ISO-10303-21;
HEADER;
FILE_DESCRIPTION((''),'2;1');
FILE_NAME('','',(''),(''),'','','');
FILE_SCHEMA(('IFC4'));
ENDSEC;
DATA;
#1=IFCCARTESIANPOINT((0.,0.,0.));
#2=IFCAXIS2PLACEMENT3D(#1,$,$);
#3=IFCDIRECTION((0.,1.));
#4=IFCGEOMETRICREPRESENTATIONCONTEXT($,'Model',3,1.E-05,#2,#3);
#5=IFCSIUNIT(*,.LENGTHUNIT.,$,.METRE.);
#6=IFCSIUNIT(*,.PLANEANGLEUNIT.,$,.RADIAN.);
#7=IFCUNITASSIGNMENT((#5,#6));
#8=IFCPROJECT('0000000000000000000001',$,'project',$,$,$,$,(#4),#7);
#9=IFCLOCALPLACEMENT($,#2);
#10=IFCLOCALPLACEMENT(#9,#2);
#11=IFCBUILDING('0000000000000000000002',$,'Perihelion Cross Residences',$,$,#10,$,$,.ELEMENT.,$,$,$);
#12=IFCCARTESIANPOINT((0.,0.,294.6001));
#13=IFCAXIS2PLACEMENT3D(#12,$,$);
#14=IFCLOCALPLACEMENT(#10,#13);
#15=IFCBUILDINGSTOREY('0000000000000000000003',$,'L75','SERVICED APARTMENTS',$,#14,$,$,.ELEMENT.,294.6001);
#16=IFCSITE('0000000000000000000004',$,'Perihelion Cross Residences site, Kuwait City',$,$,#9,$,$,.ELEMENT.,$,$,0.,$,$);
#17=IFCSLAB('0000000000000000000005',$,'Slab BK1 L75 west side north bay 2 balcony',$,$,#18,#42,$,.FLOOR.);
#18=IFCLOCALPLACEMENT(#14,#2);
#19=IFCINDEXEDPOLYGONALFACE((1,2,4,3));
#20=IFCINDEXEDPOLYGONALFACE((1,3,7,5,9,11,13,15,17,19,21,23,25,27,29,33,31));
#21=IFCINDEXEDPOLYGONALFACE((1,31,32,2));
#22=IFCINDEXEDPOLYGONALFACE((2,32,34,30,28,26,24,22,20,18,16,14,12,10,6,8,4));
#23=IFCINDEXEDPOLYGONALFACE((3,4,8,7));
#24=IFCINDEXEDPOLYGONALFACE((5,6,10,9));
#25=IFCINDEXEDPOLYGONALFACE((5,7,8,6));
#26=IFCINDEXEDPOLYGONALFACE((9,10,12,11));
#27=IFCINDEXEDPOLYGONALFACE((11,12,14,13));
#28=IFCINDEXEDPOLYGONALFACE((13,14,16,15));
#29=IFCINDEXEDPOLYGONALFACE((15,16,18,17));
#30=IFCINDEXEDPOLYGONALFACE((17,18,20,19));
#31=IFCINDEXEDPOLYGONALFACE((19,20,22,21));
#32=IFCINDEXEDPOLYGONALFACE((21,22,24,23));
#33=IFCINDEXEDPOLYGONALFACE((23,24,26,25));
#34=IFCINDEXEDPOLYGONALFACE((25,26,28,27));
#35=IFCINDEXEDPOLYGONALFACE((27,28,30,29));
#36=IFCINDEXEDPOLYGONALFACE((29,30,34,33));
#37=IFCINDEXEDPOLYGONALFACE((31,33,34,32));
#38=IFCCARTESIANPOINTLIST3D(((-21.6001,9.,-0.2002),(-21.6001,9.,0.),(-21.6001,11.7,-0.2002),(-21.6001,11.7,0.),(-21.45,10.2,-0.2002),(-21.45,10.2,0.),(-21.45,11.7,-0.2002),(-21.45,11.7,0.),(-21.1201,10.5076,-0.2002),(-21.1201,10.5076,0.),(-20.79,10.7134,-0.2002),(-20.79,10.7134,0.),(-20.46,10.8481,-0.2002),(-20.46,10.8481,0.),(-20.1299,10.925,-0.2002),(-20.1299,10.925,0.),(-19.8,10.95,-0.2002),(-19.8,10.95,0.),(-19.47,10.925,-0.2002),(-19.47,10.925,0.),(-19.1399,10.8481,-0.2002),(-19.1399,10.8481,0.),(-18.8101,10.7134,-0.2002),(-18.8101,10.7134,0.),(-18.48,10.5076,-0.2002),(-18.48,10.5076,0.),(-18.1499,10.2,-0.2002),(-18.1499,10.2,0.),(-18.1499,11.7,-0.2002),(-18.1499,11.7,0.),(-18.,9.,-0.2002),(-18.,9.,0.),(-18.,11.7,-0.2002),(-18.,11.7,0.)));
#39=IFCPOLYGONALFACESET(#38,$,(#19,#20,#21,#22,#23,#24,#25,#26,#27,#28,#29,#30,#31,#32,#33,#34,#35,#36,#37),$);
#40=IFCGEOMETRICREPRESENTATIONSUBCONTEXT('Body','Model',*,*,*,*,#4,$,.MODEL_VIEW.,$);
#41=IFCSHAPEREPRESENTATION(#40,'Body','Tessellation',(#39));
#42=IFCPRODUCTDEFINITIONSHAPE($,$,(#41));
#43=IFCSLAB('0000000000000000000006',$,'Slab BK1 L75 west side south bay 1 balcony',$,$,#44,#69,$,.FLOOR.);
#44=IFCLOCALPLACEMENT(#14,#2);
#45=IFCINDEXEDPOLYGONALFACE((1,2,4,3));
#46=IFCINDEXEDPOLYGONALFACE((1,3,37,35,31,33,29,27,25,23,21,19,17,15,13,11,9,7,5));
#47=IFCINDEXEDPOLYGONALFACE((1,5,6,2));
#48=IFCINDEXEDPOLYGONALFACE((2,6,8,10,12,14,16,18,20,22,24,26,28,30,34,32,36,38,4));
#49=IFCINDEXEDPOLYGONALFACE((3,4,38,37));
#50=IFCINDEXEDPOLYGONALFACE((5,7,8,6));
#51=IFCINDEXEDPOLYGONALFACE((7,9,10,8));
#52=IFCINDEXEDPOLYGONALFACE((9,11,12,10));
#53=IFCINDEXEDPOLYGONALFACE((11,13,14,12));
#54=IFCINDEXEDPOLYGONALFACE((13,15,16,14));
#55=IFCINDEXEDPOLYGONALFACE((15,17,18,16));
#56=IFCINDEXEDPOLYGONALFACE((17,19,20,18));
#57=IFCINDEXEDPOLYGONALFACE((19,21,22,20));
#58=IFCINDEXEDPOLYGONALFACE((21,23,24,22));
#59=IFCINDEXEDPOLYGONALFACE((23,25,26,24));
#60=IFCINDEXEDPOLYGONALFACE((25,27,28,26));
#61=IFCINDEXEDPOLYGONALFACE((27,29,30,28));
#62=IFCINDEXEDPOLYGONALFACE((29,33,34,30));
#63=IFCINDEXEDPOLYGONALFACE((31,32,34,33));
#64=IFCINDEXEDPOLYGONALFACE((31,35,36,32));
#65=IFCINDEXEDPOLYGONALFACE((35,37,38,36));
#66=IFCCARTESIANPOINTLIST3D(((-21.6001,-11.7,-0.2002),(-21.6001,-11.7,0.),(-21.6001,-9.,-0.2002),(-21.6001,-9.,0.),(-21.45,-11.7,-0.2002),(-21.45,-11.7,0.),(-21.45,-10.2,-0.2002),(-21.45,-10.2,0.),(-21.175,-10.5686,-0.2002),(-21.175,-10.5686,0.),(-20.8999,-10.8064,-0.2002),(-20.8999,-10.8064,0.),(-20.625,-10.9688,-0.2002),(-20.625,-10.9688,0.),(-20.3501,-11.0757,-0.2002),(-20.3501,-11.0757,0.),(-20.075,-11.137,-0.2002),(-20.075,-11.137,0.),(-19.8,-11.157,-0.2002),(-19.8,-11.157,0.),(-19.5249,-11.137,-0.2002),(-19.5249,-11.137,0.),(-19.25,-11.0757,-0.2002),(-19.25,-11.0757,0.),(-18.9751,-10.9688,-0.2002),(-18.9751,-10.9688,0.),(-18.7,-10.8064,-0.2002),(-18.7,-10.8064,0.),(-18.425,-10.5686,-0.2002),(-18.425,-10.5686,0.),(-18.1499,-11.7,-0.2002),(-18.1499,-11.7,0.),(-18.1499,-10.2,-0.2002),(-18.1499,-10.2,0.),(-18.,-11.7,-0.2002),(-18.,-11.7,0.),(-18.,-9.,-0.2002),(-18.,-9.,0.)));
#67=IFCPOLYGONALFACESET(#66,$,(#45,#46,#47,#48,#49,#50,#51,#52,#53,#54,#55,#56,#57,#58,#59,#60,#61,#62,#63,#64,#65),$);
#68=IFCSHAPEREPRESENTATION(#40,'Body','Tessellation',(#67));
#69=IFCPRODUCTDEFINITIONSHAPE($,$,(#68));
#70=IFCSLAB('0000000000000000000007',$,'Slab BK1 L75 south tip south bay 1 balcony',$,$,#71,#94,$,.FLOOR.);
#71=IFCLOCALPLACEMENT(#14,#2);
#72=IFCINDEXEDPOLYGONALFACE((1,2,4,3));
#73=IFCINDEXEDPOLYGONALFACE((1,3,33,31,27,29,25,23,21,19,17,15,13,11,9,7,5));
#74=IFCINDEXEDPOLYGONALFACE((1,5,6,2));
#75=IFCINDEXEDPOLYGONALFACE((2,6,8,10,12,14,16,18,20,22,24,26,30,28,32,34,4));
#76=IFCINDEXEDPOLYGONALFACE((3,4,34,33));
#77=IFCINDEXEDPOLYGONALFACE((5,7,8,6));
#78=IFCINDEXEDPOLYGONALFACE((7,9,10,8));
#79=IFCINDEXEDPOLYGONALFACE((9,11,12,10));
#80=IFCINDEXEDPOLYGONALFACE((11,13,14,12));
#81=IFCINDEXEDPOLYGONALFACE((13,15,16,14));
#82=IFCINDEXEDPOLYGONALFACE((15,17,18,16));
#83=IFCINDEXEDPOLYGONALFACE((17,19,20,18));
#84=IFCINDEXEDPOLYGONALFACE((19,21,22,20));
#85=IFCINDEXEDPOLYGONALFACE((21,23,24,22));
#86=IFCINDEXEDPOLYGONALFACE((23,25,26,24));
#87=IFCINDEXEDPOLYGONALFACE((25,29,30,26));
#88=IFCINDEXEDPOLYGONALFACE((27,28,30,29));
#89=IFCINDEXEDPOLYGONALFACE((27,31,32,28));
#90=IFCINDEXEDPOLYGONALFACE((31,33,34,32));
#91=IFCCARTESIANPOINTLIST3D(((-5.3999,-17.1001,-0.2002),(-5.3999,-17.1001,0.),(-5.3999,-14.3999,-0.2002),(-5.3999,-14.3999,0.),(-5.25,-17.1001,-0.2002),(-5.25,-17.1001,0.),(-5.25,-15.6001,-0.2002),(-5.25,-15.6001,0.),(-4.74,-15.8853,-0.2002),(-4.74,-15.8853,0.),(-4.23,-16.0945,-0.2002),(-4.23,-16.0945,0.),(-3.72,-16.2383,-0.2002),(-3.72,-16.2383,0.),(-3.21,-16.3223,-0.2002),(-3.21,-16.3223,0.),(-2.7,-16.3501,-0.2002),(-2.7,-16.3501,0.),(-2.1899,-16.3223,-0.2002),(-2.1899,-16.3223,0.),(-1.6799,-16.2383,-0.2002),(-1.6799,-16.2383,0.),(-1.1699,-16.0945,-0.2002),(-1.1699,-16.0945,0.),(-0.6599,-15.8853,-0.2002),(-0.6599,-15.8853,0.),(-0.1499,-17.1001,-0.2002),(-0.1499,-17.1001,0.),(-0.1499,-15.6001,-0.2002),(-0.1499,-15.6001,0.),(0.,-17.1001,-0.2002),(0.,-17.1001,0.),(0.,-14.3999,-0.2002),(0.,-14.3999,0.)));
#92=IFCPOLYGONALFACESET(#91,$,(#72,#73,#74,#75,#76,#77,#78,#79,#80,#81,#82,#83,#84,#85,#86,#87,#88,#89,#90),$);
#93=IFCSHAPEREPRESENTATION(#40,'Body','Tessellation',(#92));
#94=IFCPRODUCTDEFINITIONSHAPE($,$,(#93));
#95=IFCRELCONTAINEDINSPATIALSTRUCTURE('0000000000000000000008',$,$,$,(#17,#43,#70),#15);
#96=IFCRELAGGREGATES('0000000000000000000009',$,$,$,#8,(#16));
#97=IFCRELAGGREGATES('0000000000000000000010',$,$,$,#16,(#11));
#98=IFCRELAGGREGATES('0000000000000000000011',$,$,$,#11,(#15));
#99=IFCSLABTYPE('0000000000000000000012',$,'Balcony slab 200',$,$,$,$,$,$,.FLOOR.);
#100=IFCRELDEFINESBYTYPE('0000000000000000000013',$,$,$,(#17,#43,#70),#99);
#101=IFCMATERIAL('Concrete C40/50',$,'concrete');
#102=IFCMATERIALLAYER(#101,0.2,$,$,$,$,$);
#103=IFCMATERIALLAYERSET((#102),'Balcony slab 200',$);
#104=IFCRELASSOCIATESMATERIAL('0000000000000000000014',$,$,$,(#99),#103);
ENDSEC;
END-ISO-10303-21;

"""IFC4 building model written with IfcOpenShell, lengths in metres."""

from ifc_helpers import new_model, si_unit, direction, frame, origin, place, context, subcontext, project, spatial, polyline, outline, extrude, material, layer, layer_set, type_object, element, save


model = new_model("IFC4")

# Units and contexts
model_context = context("Model", 3, precision=1e-05, world=origin(), true_north=direction((0.0, 1.0)))
body_context = subcontext(model_context, "Body", "Model", "MODEL_VIEW")
ifc_project = project(units=[si_unit("LENGTHUNIT", "METRE"), si_unit("PLANEANGLEUNIT", "RADIAN")], contexts=[model_context])

# Site, building, storey
site_placement = place(None, origin())
site = spatial("IfcSite", under=ifc_project, at=site_placement, Name="Perihelion Cross Residences site, Kuwait City", CompositionType="ELEMENT", RefElevation=0.0)
building_placement = place(site_placement, origin())
building = spatial("IfcBuilding", under=site, at=building_placement, Name="Perihelion Cross Residences", CompositionType="ELEMENT")
storey_placement = place(building_placement, frame((0.0, 0.0, 294.6001)))
storey = spatial("IfcBuildingStorey", under=building, at=storey_placement, Name="L75", Description="SERVICED APARTMENTS", CompositionType="ELEMENT", Elevation=294.6001)

# Slabs
ifc_material_1 = material(Name="Concrete C40/50", Category="concrete")
ifc_layer_1 = layer(ifc_material_1, 0.2)
ifc_layer_set_1 = layer_set([ifc_layer_1], Name="Balcony slab 200")
slab_type_1 = type_object("IfcSlabType", Name="Balcony slab 200", PredefinedType="FLOOR", material=ifc_layer_set_1)
slab_1_placement = place(storey_placement, frame((0.0, 0.0, -0.2002)))
element("IfcSlab", 1, at=slab_1_placement, inside=storey, type_object=slab_type_1, Name="Slab BK1 L75 west side north bay 2 balcony", PredefinedType="FLOOR", context=body_context, shape_type="SweptSolid", body=[
    extrude(outline(polyline([(-18.0, 9.0), (-21.6001, 9.0), (-21.6001, 11.7), (-21.45, 11.7), (-21.45, 10.2), (-21.1201, 10.5076), (-20.79, 10.7134), (-20.46, 10.8481), (-20.1299, 10.925), (-19.8, 10.95), (-19.47, 10.925), (-19.1399, 10.8481), (-18.8101, 10.7134), (-18.48, 10.5076), (-18.1499, 10.2), (-18.1499, 11.7), (-18.0, 11.7), (-18.0, 9.0)])), origin(), (0.0, 0.0, 1.0), 0.2002),
])
slab_2_placement = place(storey_placement, frame((0.0, 0.0, -0.2002)))
element("IfcSlab", 2, at=slab_2_placement, inside=storey, type_object=slab_type_1, Name="Slab BK1 L75 west side south bay 1 balcony", PredefinedType="FLOOR", context=body_context, shape_type="SweptSolid", body=[
    extrude(outline(polyline([(-21.6001, -9.0), (-18.0, -9.0), (-18.0, -11.7), (-18.1499, -11.7), (-18.1499, -10.2), (-18.425, -10.5686), (-18.7, -10.8064), (-18.9751, -10.9688), (-19.25, -11.0757), (-19.5249, -11.137), (-19.8, -11.157), (-20.075, -11.137), (-20.3501, -11.0757), (-20.625, -10.9688), (-20.8999, -10.8064), (-21.175, -10.5686), (-21.45, -10.2), (-21.45, -11.7), (-21.6001, -11.7), (-21.6001, -9.0)])), origin(), (0.0, 0.0, 1.0), 0.2002),
])
slab_3_placement = place(storey_placement, frame((0.0, 0.0, -0.2002)))
element("IfcSlab", 3, at=slab_3_placement, inside=storey, type_object=slab_type_1, Name="Slab BK1 L75 south tip south bay 1 balcony", PredefinedType="FLOOR", context=body_context, shape_type="SweptSolid", body=[
    extrude(outline(polyline([(-5.3999, -14.3999), (0.0, -14.3999), (0.0, -17.1001), (-0.1499, -17.1001), (-0.1499, -15.6001), (-0.6599, -15.8853), (-1.1699, -16.0945), (-1.6799, -16.2383), (-2.1899, -16.3223), (-2.7, -16.3501), (-3.21, -16.3223), (-3.72, -16.2383), (-4.23, -16.0945), (-4.74, -15.8853), (-5.25, -15.6001), (-5.25, -17.1001), (-5.3999, -17.1001), (-5.3999, -14.3999)])), origin(), (0.0, 0.0, 1.0), 0.2002),
])

save(model, "model.ifc")
